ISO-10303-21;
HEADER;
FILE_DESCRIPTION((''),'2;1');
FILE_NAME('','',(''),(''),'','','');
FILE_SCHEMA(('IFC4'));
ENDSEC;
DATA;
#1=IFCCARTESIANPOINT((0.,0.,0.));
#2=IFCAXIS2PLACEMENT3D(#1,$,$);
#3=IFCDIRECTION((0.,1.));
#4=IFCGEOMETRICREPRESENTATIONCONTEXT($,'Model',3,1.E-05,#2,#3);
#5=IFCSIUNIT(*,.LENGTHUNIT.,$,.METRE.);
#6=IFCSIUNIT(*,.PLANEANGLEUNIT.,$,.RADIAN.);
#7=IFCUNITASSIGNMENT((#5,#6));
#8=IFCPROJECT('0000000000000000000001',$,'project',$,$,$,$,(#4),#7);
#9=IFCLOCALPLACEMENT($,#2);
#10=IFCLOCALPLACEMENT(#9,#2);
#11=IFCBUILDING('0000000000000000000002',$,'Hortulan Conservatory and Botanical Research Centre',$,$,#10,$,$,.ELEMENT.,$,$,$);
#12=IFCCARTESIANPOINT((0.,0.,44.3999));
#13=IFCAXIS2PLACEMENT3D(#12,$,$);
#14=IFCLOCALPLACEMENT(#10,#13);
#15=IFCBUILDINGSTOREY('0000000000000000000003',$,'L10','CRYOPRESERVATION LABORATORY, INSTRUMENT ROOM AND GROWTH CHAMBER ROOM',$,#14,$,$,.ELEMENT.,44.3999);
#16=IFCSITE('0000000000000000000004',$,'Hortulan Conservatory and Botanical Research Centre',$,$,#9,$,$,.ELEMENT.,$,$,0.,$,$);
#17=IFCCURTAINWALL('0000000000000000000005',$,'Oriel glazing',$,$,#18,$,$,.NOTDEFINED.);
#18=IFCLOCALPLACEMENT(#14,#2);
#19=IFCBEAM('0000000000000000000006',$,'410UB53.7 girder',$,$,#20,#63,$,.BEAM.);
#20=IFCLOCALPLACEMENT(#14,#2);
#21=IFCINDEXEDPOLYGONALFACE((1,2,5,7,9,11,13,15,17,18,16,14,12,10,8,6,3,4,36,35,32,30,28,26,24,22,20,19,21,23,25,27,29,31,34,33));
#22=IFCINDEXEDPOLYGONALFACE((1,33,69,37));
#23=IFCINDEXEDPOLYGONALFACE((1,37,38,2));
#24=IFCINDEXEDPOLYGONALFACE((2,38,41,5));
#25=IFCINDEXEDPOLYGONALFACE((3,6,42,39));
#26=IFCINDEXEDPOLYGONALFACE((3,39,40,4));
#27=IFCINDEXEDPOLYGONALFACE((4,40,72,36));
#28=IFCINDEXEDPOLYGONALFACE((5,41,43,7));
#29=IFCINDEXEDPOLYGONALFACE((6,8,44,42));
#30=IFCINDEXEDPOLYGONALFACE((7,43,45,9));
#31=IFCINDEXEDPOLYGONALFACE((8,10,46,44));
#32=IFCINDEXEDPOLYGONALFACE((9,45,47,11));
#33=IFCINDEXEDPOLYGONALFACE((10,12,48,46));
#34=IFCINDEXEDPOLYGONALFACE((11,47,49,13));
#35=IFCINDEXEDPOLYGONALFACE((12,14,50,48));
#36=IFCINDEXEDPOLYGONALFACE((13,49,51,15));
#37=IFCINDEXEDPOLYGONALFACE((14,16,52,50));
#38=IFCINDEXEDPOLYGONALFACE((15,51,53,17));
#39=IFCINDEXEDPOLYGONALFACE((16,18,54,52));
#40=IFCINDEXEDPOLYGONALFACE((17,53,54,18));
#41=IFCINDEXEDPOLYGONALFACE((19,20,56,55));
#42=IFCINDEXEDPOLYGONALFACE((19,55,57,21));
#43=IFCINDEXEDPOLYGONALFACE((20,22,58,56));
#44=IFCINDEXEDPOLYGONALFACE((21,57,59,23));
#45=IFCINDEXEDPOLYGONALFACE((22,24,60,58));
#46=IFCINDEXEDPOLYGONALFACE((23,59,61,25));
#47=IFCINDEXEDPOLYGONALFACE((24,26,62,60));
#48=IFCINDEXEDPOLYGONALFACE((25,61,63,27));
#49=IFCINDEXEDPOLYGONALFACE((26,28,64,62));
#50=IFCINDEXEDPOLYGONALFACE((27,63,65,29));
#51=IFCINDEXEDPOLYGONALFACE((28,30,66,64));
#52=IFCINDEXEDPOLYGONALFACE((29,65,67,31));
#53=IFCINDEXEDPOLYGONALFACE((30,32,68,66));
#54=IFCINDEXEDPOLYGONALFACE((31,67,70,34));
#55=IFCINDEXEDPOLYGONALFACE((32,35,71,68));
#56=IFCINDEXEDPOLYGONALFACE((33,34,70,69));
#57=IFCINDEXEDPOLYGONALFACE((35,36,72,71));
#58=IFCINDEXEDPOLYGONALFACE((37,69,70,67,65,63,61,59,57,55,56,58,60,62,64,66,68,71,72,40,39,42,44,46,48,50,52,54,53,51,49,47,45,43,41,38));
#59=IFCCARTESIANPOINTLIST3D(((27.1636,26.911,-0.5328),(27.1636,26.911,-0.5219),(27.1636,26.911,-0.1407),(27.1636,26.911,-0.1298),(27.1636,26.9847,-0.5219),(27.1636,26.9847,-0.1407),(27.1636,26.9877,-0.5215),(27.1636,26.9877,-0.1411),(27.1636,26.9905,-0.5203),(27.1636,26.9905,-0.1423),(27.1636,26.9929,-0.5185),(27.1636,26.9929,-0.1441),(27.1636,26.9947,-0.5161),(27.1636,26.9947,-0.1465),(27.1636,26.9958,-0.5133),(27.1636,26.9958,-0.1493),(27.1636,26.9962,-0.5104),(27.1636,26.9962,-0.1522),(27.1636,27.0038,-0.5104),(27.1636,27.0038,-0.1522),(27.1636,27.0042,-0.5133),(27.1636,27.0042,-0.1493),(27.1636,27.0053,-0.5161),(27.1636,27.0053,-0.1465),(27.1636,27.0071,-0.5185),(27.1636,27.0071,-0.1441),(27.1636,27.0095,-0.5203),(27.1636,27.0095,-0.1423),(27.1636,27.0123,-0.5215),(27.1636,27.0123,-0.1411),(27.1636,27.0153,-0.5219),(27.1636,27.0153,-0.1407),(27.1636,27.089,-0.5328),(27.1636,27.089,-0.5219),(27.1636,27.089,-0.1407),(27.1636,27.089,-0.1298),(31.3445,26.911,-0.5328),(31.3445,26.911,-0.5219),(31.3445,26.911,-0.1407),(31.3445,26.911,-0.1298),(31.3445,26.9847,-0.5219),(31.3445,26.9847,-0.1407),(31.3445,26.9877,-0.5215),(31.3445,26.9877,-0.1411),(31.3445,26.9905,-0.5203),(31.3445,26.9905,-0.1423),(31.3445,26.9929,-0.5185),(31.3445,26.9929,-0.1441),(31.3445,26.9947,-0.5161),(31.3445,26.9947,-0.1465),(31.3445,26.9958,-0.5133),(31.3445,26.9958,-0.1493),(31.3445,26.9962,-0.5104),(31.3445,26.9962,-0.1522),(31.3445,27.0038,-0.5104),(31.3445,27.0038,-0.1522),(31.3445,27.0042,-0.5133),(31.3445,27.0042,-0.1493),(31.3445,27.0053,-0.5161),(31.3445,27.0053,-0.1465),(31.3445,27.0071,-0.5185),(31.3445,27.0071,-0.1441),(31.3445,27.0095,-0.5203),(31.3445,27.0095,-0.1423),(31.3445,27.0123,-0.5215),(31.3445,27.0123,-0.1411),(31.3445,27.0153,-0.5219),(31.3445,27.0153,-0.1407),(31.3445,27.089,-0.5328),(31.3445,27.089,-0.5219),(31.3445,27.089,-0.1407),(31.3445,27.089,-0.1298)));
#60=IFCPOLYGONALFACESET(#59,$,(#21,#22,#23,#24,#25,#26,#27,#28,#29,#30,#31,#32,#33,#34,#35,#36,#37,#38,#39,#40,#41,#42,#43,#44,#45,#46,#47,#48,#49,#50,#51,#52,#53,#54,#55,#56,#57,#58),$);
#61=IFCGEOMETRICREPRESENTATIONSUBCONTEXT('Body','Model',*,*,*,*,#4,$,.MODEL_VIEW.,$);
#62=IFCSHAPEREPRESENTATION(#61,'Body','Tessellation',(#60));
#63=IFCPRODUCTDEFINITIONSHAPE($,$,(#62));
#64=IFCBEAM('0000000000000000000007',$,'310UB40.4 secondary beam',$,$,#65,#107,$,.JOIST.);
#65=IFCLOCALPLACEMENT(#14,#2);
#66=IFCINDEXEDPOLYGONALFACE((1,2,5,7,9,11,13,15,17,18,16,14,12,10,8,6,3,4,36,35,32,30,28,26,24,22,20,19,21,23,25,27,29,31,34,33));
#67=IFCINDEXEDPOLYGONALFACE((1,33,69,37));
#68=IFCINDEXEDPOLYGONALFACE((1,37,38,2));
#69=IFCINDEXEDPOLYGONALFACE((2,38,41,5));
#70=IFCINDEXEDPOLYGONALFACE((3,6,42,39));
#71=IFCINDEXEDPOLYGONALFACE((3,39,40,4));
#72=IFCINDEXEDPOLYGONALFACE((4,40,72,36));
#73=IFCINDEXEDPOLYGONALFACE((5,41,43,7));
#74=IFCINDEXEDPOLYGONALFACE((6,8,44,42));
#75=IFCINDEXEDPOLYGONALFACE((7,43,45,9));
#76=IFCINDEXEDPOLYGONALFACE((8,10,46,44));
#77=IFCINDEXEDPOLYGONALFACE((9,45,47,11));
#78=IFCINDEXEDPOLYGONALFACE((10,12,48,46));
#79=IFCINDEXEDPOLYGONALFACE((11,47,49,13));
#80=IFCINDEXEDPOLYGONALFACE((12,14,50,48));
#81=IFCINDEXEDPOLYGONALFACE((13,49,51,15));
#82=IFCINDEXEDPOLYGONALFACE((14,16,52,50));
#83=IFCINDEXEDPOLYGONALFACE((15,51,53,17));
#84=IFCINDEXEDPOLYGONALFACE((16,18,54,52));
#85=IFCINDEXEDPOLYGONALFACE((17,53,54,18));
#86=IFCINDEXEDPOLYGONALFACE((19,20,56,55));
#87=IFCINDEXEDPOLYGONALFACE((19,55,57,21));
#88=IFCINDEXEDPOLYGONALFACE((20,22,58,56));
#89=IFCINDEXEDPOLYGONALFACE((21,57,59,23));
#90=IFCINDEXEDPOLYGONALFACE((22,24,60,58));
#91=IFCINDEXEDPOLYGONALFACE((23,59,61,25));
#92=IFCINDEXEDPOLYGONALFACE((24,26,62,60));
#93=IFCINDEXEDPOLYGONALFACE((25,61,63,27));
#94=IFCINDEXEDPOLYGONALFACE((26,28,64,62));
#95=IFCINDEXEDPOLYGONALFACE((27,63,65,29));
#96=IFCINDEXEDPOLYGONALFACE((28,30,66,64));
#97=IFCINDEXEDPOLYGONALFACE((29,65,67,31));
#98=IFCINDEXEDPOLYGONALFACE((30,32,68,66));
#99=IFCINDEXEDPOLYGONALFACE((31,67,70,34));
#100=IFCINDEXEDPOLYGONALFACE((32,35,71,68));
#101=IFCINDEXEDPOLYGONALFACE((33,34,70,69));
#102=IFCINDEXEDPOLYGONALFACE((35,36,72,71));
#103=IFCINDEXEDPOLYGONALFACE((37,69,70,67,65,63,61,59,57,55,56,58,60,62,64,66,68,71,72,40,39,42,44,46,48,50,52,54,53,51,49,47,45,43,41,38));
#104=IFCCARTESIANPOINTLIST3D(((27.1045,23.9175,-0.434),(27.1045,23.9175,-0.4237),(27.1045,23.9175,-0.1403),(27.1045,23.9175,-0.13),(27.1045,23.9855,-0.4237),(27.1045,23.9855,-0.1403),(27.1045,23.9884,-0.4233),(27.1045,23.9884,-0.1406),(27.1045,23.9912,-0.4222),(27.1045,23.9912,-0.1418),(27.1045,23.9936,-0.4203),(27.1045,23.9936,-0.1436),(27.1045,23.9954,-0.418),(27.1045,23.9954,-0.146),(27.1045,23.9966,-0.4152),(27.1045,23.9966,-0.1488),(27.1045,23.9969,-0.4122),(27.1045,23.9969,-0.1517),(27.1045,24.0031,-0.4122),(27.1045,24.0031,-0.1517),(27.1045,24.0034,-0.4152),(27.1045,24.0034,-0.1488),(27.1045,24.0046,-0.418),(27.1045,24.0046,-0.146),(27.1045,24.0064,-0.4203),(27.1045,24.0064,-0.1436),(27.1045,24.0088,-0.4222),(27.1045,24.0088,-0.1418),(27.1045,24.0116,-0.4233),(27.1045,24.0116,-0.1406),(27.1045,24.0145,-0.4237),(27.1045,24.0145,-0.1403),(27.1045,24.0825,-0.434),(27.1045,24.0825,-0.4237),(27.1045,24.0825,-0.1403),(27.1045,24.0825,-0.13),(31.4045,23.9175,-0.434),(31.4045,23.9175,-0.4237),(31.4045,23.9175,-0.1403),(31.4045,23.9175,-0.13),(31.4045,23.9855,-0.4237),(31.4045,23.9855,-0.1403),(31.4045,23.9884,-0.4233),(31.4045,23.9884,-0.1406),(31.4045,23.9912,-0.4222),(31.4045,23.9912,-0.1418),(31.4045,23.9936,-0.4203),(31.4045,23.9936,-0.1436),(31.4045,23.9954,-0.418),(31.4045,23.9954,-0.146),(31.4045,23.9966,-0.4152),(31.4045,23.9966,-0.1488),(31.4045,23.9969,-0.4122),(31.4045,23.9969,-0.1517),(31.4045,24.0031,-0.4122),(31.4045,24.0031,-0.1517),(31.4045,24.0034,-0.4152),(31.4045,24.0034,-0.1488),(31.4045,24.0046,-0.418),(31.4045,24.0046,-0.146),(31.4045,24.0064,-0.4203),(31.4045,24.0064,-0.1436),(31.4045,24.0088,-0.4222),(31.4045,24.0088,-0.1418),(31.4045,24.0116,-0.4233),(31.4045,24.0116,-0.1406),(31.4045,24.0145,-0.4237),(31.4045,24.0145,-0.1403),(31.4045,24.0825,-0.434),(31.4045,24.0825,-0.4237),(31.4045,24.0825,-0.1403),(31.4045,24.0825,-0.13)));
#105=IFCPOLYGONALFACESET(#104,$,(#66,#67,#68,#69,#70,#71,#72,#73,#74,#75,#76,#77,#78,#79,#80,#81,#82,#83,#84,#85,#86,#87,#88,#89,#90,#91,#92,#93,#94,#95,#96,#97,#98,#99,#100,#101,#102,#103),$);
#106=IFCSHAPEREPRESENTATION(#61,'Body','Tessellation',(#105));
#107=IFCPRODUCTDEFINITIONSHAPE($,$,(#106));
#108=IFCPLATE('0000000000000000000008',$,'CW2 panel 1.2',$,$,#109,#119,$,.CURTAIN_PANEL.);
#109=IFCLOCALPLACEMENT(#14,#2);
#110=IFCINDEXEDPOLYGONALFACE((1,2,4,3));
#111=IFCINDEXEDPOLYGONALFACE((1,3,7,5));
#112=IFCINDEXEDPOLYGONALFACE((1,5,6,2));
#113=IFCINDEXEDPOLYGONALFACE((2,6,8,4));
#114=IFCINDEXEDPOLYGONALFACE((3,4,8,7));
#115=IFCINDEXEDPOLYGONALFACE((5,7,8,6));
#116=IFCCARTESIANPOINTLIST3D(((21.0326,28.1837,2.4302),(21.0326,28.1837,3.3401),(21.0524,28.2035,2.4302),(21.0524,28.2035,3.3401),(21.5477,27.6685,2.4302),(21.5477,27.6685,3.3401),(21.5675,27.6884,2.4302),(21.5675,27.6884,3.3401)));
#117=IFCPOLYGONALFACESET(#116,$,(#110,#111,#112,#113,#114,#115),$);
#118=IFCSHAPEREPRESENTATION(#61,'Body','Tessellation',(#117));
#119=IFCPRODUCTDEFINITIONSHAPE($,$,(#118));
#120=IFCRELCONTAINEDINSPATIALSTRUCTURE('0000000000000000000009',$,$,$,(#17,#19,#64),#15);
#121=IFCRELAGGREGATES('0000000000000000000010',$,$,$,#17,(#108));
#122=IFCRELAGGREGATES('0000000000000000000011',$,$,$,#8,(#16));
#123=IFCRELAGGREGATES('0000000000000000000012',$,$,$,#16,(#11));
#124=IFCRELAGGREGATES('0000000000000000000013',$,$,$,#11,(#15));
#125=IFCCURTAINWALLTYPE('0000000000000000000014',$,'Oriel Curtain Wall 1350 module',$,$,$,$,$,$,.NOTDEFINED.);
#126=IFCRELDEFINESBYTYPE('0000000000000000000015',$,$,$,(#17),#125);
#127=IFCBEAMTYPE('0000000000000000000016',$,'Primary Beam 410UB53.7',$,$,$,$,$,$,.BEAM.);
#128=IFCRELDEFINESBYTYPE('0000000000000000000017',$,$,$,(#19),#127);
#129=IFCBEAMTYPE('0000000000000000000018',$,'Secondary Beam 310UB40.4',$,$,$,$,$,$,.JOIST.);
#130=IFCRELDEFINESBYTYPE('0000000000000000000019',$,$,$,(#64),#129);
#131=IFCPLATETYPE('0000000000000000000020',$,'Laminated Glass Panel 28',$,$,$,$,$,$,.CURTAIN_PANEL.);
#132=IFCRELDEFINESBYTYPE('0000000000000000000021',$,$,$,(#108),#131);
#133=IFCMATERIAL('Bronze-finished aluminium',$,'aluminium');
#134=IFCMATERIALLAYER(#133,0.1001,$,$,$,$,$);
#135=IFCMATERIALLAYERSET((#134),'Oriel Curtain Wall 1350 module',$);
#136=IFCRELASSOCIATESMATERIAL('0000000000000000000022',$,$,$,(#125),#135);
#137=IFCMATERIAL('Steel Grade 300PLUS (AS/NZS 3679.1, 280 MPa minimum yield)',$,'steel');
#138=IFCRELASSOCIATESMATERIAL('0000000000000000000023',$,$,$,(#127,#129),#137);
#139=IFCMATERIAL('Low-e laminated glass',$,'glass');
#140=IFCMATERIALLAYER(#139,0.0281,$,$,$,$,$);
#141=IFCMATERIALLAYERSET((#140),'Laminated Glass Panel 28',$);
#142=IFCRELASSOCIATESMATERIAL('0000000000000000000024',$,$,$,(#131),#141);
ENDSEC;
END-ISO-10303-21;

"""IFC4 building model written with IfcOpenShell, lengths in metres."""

from ifc_helpers import new_model, si_unit, direction, frame, origin, origin_2d, place, context, subcontext, project, spatial, rectangle, i_section, extrude, material, layer, layer_set, material_profile, profile_set, type_object, element, aggregate, save


model = new_model("IFC4")

# Units and contexts
model_context = context("Model", 3, precision=1e-05, world=origin(), true_north=direction((0.0, 1.0)))
body_context = subcontext(model_context, "Body", "Model", "MODEL_VIEW")
ifc_project = project(units=[si_unit("LENGTHUNIT", "METRE"), si_unit("PLANEANGLEUNIT", "RADIAN")], contexts=[model_context])

# Site, building, storey
site_placement = place(None, origin())
site = spatial("IfcSite", under=ifc_project, at=site_placement, Name="Hortulan Conservatory and Botanical Research Centre", CompositionType="ELEMENT", RefElevation=0.0)
building_placement = place(site_placement, origin())
building = spatial("IfcBuilding", under=site, at=building_placement, Name="Hortulan Conservatory and Botanical Research Centre", CompositionType="ELEMENT")
storey_placement = place(building_placement, frame((0.0, 0.0, 44.3999)))
storey = spatial("IfcBuildingStorey", under=building, at=storey_placement, Name="L10", Description="CRYOPRESERVATION LABORATORY, INSTRUMENT ROOM AND GROWTH CHAMBER ROOM", CompositionType="ELEMENT", Elevation=44.3999)

# Shared definitions
ifc_material_1 = material(Name="Steel Grade 300PLUS (AS/NZS 3679.1, 280 MPa minimum yield)", Category="steel")

# Curtain wall
ifc_material_2 = material(Name="Bronze-finished aluminium", Category="aluminium")
ifc_layer_1 = layer(ifc_material_2, 0.1001)
ifc_layer_set_1 = layer_set([ifc_layer_1], Name="Oriel Curtain Wall 1350 module")
curtain_wall_type = type_object("IfcCurtainWallType", Name="Oriel Curtain Wall 1350 module", PredefinedType="NOTDEFINED", material=ifc_layer_set_1)
curtain_wall_placement = place(storey_placement, origin())
curtain_wall = element("IfcCurtainWall", 1, at=curtain_wall_placement, inside=storey, type_object=curtain_wall_type, Name="Oriel glazing", PredefinedType="NOTDEFINED")

# Beams
ifc_material_profile_1 = material_profile(ifc_material_1, i_section(OverallWidth=0.178, OverallDepth=0.4031, WebThickness=0.0076, FlangeThickness=0.011, FilletRadius=0.0115, at=origin_2d()), Name="410UB53.7")
ifc_profile_set_1 = profile_set([ifc_material_profile_1], Name="Steel Grade 300PLUS (AS/NZS 3679.1, 280 MPa minimum yield)")
beam_type_1 = type_object("IfcBeamType", Name="Primary Beam 410UB53.7", PredefinedType="BEAM", material=ifc_profile_set_1)
beam_1_placement = place(storey_placement, frame((27.1636, 27.0, -0.3313), z_axis=(1.0, 0.0, 0.0), x_axis=(0.0, 1.0, 0.0)))
element("IfcBeam", 2, at=beam_1_placement, inside=storey, type_object=beam_type_1, Name="410UB53.7 girder", PredefinedType="BEAM", context=body_context, shape_type="SweptSolid", body=[
    extrude(i_section(OverallWidth=0.178, OverallDepth=0.4031, WebThickness=0.0076, FlangeThickness=0.011, FilletRadius=0.0115, at=origin_2d()), origin(), (0.0, 0.0, 1.0), 4.1809),
])
ifc_material_profile_2 = material_profile(ifc_material_1, i_section(OverallWidth=0.165, OverallDepth=0.304, WebThickness=0.0061, FlangeThickness=0.0103, FilletRadius=0.0115, at=origin_2d()), Name="310UB40.4")
ifc_profile_set_2 = profile_set([ifc_material_profile_2], Name="Steel Grade 300PLUS (AS/NZS 3679.1, 280 MPa minimum yield)")
beam_type_2 = type_object("IfcBeamType", Name="Secondary Beam 310UB40.4", PredefinedType="JOIST", material=ifc_profile_set_2)
beam_2_placement = place(storey_placement, frame((27.1045, 24.0, -0.282), z_axis=(1.0, 0.0, 0.0), x_axis=(0.0, 1.0, 0.0)))
element("IfcBeam", 3, at=beam_2_placement, inside=storey, type_object=beam_type_2, Name="310UB40.4 secondary beam", PredefinedType="JOIST", context=body_context, shape_type="SweptSolid", body=[
    extrude(i_section(OverallWidth=0.165, OverallDepth=0.304, WebThickness=0.0061, FlangeThickness=0.0103, FilletRadius=0.0115, at=origin_2d()), origin(), (0.0, 0.0, 1.0), 4.3),
])

# Plate
ifc_material_3 = material(Name="Low-e laminated glass", Category="glass")
ifc_layer_2 = layer(ifc_material_3, 0.0281)
ifc_layer_set_2 = layer_set([ifc_layer_2], Name="Laminated Glass Panel 28")
plate_type = type_object("IfcPlateType", Name="Laminated Glass Panel 28", PredefinedType="CURTAIN_PANEL", material=ifc_layer_set_2)
plate_placement = place(storey_placement, frame((21.3, 27.936, 2.4302), z_axis=(0.0, 0.0, 1.0), x_axis=(0.707107, -0.707107, 0.0)))
plate = element("IfcPlate", 4, at=plate_placement, type_object=plate_type, Name="CW2 panel 1.2", PredefinedType="CURTAIN_PANEL", context=body_context, shape_type="SweptSolid", body=[
    extrude(rectangle(XDim=0.7285, YDim=0.0281, at=origin_2d()), origin(), (0.0, 0.0, 1.0), 0.9099),
])
aggregate(curtain_wall, [plate])

save(model, "model.ifc")
